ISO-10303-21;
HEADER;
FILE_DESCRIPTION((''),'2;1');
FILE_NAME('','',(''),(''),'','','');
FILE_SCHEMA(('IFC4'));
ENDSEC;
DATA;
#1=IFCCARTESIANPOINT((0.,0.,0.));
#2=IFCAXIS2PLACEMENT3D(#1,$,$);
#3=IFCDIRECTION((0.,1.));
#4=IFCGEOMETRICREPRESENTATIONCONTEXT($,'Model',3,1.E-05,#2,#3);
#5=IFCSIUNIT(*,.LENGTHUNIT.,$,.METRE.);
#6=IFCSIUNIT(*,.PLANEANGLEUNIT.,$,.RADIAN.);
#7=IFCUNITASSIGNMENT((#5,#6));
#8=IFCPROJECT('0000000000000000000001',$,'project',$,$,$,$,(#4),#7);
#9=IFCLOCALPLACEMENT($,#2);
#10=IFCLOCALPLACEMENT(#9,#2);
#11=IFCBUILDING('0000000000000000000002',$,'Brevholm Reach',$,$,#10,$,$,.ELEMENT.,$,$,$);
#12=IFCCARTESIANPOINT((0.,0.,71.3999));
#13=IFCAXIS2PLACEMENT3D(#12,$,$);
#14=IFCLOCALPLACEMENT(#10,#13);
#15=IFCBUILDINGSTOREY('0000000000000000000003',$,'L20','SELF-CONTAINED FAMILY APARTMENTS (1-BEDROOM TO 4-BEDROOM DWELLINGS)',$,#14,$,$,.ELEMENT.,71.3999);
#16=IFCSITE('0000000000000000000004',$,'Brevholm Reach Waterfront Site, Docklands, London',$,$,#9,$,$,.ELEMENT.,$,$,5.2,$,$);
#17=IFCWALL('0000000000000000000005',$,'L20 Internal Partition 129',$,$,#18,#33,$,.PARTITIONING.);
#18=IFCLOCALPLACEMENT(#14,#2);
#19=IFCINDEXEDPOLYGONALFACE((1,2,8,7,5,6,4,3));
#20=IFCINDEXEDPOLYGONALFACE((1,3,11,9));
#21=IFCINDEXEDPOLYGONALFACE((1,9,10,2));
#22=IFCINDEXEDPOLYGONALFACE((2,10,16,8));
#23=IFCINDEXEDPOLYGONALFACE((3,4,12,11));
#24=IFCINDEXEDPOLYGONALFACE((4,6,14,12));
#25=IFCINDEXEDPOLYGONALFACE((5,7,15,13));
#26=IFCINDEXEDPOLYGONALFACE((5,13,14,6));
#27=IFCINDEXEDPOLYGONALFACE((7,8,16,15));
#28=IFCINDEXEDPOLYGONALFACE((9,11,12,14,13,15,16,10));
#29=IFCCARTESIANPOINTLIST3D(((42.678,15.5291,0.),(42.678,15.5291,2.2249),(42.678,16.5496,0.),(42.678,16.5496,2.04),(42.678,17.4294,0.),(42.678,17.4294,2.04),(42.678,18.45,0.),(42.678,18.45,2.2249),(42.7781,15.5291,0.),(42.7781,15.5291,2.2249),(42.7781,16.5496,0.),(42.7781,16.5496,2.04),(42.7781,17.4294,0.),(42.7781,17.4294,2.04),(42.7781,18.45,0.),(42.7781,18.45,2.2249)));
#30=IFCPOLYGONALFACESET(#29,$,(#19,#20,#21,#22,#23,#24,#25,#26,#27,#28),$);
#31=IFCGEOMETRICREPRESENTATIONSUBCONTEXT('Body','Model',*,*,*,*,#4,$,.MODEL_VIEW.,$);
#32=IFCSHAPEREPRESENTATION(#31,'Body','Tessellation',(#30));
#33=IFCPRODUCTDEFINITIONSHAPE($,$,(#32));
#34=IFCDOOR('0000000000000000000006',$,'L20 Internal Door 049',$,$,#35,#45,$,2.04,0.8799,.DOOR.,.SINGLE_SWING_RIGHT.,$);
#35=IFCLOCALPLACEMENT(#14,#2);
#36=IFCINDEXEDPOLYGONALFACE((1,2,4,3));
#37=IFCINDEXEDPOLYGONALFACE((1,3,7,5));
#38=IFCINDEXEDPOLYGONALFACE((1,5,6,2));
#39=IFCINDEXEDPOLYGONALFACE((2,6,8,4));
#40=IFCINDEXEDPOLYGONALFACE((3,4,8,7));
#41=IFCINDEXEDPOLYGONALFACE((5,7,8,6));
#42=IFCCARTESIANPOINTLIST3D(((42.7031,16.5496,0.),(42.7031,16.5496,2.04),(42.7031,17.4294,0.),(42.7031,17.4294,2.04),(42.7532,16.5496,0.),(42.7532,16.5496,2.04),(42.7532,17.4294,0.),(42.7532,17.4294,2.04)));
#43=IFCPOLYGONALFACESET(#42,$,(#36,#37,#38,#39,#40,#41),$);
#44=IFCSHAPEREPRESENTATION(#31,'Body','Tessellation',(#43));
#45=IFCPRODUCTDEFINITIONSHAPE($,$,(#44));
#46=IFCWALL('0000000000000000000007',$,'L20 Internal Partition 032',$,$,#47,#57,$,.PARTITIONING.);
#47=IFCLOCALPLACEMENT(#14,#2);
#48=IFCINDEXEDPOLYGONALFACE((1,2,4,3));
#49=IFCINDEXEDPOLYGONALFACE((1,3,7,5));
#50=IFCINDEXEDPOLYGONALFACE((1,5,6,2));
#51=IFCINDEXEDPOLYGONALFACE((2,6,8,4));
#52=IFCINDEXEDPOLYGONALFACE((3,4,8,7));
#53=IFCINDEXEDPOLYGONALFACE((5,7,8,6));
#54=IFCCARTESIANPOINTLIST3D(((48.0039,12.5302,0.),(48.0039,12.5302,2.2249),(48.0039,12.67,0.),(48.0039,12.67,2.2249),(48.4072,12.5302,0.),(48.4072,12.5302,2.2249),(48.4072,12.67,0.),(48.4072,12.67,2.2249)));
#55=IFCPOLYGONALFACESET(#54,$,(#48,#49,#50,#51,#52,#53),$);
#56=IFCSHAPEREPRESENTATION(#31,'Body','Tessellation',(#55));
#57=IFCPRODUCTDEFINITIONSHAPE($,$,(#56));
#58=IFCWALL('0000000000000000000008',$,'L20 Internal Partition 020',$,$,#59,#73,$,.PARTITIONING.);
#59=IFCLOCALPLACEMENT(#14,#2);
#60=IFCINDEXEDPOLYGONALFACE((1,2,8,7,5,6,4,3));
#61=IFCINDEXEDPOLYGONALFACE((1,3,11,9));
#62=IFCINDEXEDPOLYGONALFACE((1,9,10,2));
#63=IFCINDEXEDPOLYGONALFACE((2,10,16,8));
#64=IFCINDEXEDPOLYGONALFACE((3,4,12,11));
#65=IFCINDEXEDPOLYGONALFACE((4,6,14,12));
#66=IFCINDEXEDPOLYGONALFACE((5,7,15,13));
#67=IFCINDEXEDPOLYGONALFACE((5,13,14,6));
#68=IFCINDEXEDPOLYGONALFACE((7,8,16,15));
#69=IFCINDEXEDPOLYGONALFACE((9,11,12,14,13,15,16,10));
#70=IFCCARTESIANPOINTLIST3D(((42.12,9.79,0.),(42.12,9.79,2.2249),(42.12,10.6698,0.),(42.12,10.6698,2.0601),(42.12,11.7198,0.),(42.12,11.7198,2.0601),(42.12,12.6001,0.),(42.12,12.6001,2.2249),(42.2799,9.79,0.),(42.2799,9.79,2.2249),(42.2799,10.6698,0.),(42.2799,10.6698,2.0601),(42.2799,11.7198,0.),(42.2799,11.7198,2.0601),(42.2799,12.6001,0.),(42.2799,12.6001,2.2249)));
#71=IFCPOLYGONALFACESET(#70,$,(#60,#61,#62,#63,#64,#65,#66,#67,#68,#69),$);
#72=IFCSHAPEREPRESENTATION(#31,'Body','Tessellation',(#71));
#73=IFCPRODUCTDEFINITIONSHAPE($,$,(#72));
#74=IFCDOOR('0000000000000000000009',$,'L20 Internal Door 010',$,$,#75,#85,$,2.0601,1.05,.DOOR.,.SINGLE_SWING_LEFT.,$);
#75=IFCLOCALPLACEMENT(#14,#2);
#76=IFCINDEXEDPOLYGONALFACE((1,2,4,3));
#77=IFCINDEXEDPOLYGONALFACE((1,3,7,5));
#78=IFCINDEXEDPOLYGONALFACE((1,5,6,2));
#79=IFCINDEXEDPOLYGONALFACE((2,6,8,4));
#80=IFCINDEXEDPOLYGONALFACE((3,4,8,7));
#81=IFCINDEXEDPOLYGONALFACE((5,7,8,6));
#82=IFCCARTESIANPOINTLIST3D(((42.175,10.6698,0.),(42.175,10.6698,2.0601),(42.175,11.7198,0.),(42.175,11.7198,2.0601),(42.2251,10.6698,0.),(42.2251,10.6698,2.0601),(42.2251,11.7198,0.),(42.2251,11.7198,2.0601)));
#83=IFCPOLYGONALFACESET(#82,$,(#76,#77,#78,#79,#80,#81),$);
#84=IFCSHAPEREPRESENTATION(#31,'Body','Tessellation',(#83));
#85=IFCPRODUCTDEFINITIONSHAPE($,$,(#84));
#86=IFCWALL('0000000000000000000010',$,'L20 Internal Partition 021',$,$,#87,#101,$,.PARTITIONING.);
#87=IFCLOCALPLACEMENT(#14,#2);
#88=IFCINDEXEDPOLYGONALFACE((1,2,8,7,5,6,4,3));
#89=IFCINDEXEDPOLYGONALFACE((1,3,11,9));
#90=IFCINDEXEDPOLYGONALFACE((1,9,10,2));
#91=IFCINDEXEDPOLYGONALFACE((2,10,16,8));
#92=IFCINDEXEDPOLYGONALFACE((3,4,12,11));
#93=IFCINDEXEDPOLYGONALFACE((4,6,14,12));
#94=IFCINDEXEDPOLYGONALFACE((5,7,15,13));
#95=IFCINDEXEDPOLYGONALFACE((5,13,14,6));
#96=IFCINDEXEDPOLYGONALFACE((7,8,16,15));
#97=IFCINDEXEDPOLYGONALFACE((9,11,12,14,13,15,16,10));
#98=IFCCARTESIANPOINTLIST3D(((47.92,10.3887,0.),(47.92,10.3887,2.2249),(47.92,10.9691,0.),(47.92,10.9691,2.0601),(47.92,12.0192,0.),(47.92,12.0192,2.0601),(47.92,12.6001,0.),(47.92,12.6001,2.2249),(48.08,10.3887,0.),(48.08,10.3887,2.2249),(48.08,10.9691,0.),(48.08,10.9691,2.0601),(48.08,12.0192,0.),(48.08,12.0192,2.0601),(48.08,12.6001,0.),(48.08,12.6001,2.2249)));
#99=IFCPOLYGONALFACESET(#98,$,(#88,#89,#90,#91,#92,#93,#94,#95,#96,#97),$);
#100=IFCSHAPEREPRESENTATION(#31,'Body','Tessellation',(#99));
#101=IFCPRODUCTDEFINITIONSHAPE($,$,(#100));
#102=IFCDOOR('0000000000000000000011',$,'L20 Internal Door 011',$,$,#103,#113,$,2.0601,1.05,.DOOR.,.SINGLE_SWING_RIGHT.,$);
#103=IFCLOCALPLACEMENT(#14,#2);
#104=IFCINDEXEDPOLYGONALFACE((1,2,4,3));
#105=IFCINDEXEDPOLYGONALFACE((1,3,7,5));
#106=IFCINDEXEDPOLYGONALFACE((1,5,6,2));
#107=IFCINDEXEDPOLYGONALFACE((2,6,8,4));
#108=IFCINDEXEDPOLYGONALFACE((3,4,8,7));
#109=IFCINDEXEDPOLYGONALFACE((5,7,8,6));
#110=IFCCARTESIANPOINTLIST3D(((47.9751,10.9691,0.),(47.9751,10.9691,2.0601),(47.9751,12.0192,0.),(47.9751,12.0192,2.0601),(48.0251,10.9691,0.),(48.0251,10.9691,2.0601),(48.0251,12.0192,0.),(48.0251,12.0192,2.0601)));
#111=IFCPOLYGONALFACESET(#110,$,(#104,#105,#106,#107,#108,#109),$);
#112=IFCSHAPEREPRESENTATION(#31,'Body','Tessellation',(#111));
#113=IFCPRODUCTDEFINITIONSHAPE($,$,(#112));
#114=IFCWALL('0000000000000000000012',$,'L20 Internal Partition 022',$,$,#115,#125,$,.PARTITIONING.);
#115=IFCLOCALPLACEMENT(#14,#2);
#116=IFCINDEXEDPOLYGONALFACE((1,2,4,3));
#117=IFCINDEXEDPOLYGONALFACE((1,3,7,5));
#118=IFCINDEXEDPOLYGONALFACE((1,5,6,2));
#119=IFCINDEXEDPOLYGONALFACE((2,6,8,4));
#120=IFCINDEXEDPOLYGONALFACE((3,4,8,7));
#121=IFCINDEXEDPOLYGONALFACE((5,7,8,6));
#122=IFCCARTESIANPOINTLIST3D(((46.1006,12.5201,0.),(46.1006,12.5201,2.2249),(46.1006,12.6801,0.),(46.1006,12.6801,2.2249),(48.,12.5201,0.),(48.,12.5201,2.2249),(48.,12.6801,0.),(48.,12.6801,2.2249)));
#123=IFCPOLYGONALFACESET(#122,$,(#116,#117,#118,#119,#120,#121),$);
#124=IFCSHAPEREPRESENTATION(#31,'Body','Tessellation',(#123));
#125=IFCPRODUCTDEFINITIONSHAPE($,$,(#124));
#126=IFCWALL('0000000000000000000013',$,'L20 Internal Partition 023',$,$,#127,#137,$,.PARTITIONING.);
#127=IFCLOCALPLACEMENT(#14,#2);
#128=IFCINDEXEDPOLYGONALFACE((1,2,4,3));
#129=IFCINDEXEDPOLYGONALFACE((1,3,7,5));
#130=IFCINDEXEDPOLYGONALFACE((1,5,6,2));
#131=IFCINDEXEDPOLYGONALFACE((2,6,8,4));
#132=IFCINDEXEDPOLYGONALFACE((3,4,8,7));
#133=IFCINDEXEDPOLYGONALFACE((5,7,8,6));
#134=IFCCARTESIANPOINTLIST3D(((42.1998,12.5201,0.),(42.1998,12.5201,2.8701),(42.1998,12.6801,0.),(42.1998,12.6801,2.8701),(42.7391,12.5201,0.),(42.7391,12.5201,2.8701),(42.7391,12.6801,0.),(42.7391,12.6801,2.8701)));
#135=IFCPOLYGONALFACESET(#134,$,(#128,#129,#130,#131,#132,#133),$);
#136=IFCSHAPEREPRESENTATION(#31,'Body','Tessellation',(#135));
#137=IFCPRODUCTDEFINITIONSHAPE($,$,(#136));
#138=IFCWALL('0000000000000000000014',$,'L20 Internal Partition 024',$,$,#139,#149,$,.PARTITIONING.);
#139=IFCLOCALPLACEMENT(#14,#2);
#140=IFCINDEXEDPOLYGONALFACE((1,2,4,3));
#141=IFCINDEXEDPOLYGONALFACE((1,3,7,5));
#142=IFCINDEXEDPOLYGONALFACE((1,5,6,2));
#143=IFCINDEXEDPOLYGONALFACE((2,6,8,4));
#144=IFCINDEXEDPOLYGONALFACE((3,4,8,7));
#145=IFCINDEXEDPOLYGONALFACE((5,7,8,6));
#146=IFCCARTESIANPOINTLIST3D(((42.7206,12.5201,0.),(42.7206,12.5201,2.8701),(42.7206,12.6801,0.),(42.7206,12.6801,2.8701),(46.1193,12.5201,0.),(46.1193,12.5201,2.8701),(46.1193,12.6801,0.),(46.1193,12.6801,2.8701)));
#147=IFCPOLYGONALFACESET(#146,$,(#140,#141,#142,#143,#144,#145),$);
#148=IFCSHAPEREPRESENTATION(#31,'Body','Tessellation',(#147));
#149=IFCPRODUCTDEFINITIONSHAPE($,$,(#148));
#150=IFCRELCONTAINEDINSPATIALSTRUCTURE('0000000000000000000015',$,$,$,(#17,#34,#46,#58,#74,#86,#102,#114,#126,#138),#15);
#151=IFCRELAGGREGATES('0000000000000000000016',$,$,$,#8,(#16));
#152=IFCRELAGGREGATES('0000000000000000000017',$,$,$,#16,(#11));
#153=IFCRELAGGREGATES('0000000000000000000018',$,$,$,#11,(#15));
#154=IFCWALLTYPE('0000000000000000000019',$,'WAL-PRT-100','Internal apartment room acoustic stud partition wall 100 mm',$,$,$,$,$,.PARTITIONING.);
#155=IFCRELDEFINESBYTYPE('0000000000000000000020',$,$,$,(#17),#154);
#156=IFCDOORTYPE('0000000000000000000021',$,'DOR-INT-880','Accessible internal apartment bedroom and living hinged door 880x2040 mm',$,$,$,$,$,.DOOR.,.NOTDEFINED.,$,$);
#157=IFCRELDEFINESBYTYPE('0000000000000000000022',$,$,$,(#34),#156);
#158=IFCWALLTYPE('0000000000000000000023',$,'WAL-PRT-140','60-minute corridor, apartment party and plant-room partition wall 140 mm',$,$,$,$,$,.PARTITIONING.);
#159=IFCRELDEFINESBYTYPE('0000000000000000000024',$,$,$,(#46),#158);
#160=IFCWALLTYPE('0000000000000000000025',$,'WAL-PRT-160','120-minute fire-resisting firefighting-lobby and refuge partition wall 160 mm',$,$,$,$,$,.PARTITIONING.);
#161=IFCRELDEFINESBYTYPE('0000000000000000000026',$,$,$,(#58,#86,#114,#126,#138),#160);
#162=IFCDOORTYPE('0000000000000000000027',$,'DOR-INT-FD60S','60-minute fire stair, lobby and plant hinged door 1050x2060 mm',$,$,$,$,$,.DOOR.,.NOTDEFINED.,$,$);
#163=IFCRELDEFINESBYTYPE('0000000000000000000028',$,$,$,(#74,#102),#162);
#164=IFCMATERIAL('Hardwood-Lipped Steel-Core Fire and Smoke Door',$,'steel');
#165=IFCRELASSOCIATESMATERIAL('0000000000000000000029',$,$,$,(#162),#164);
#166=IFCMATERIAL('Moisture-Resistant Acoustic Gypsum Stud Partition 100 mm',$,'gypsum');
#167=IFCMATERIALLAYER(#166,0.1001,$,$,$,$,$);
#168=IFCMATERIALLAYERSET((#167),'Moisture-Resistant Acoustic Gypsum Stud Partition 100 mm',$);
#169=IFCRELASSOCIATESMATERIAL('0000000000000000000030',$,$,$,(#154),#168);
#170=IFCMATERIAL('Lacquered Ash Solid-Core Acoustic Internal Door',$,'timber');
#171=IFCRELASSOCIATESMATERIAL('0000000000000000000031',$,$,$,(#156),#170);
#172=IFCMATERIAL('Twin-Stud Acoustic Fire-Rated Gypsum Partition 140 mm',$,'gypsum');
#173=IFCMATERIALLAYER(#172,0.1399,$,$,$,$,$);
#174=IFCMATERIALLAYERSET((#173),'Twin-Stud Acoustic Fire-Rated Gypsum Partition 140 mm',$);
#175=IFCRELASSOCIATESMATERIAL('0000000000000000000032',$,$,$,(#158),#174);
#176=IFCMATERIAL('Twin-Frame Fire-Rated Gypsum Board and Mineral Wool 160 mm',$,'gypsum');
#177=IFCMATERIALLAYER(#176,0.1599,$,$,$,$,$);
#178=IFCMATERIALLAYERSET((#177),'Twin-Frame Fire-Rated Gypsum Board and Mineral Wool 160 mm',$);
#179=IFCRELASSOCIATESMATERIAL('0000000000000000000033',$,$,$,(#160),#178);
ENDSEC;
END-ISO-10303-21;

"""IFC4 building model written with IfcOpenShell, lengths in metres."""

from ifc_helpers import new_model, si_unit, direction, frame, frame_2d, origin, place, context, subcontext, project, spatial, rectangle, extrude, material, layer, layer_set, type_object, element, fill, save


model = new_model("IFC4")

# Units and contexts
model_context = context("Model", 3, precision=1e-05, world=origin(), true_north=direction((0.0, 1.0)))
body_context = subcontext(model_context, "Body", "Model", "MODEL_VIEW")
ifc_project = project(units=[si_unit("LENGTHUNIT", "METRE"), si_unit("PLANEANGLEUNIT", "RADIAN")], contexts=[model_context])

# Site, building, storey
site_placement = place(None, origin())
site = spatial("IfcSite", under=ifc_project, at=site_placement, Name="Brevholm Reach Waterfront Site, Docklands, London", CompositionType="ELEMENT", RefElevation=5.2)
building_placement = place(site_placement, origin())
building = spatial("IfcBuilding", under=site, at=building_placement, Name="Brevholm Reach", CompositionType="ELEMENT")
storey_placement = place(building_placement, frame((0.0, 0.0, 71.3999)))
storey = spatial("IfcBuildingStorey", under=building, at=storey_placement, Name="L20", Description="SELF-CONTAINED FAMILY APARTMENTS (1-BEDROOM TO 4-BEDROOM DWELLINGS)", CompositionType="ELEMENT", Elevation=71.3999)

# Shared definitions
ifc_material_1 = material(Name="Hardwood-Lipped Steel-Core Fire and Smoke Door", Category="steel")
door_type_1 = type_object("IfcDoorType", Name="DOR-INT-FD60S", Description="60-minute fire stair, lobby and plant hinged door 1050x2060 mm", OperationType="NOTDEFINED", PredefinedType="DOOR", material=ifc_material_1)

# Shared definitions
ifc_material_2 = material(Name="Moisture-Resistant Acoustic Gypsum Stud Partition 100 mm", Category="gypsum")
ifc_layer_1 = layer(ifc_material_2, 0.1001)
ifc_layer_set_1 = layer_set([ifc_layer_1], Name="Moisture-Resistant Acoustic Gypsum Stud Partition 100 mm")
wall_type_1 = type_object("IfcWallType", Name="WAL-PRT-100", Description="Internal apartment room acoustic stud partition wall 100 mm", PredefinedType="PARTITIONING", material=ifc_layer_set_1)

# Wall, opening, door
ifc_material_3 = material(Name="Lacquered Ash Solid-Core Acoustic Internal Door", Category="timber")
door_type_2 = type_object("IfcDoorType", Name="DOR-INT-880", Description="Accessible internal apartment bedroom and living hinged door 880x2040 mm", OperationType="NOTDEFINED", PredefinedType="DOOR", material=ifc_material_3)
wall_1_placement = place(storey_placement, frame((42.728, 15.5291, 0.0), z_axis=(0.0, 0.0, 1.0), x_axis=(0.0, 1.0, 0.0)))
wall_1 = element("IfcWall", 1, at=wall_1_placement, inside=storey, type_object=wall_type_1, Name="L20 Internal Partition 129", PredefinedType="PARTITIONING", context=body_context, shape_type="SweptSolid", body=[
    extrude(rectangle(XDim=2.9209, YDim=0.1001, at=frame_2d((1.4604, 0.0))), origin(), (0.0, 0.0, 1.0), 2.2249),
])
opening_1_placement = place(wall_1_placement, frame((1.0205, 0.0, 0.0)))
opening_1 = element("IfcOpeningElement", 2, at=opening_1_placement, cuts=wall_1, PredefinedType="OPENING", context=body_context, shape_type="SweptSolid", body=[
    extrude(rectangle(XDim=0.8799, YDim=2.04, at=frame_2d((0.4399, 1.02))), frame((0.0, 0.0601, 0.0), z_axis=(0.0, -1.0, 0.0), x_axis=(1.0, 0.0, 0.0)), (0.0, 0.0, 1.0), 0.1201),
])
door_1_placement = place(opening_1_placement, origin())
door_1 = element("IfcDoor", 3, at=door_1_placement, inside=storey, type_object=door_type_2, Name="L20 Internal Door 049", OperationType="SINGLE_SWING_RIGHT", OverallHeight=2.04, OverallWidth=0.8799, PredefinedType="DOOR", context=body_context, shape_type="SweptSolid", body=[
    extrude(rectangle(XDim=0.8799, YDim=2.04, at=frame_2d((0.4399, 1.02))), frame((0.0, 0.0249, 0.0), z_axis=(0.0, -1.0, 0.0), x_axis=(1.0, 0.0, 0.0)), (0.0, 0.0, 1.0), 0.05),
])
fill(opening_1, door_1)

# Wall
ifc_material_4 = material(Name="Twin-Stud Acoustic Fire-Rated Gypsum Partition 140 mm", Category="gypsum")
ifc_layer_2 = layer(ifc_material_4, 0.1399)
ifc_layer_set_2 = layer_set([ifc_layer_2], Name="Twin-Stud Acoustic Fire-Rated Gypsum Partition 140 mm")
wall_type_2 = type_object("IfcWallType", Name="WAL-PRT-140", Description="60-minute corridor, apartment party and plant-room partition wall 140 mm", PredefinedType="PARTITIONING", material=ifc_layer_set_2)
wall_2_placement = place(storey_placement, frame((48.0039, 12.6001, 0.0), z_axis=(0.0, 0.0, 1.0), x_axis=(1.0, 0.0, 0.0)))
element("IfcWall", 4, at=wall_2_placement, inside=storey, type_object=wall_type_2, Name="L20 Internal Partition 032", PredefinedType="PARTITIONING", context=body_context, shape_type="SweptSolid", body=[
    extrude(rectangle(XDim=0.4033, YDim=0.1399, at=frame_2d((0.2017, 0.0))), origin(), (0.0, 0.0, 1.0), 2.2249),
])

# Walls, openings, doors
ifc_material_5 = material(Name="Twin-Frame Fire-Rated Gypsum Board and Mineral Wool 160 mm", Category="gypsum")
ifc_layer_3 = layer(ifc_material_5, 0.1599)
ifc_layer_set_3 = layer_set([ifc_layer_3], Name="Twin-Frame Fire-Rated Gypsum Board and Mineral Wool 160 mm")
wall_type_3 = type_object("IfcWallType", Name="WAL-PRT-160", Description="120-minute fire-resisting firefighting-lobby and refuge partition wall 160 mm", PredefinedType="PARTITIONING", material=ifc_layer_set_3)
wall_3_placement = place(storey_placement, frame((42.2, 9.79, 0.0), z_axis=(0.0, 0.0, 1.0), x_axis=(0.0, 1.0, 0.0)))
wall_3 = element("IfcWall", 5, at=wall_3_placement, inside=storey, type_object=wall_type_3, Name="L20 Internal Partition 020", PredefinedType="PARTITIONING", context=body_context, shape_type="SweptSolid", body=[
    extrude(rectangle(XDim=2.8101, YDim=0.1599, at=frame_2d((1.405, 0.0))), origin(), (0.0, 0.0, 1.0), 2.2249),
])
opening_2_placement = place(wall_3_placement, frame((0.8799, 0.0, 0.0)))
opening_2 = element("IfcOpeningElement", 6, at=opening_2_placement, cuts=wall_3, PredefinedType="OPENING", context=body_context, shape_type="SweptSolid", body=[
    extrude(rectangle(XDim=1.05, YDim=2.0601, at=frame_2d((0.5249, 1.03))), frame((0.0, 0.0898, 0.0), z_axis=(0.0, -1.0, 0.0), x_axis=(1.0, 0.0, 0.0)), (0.0, 0.0, 1.0), 0.1799),
])
door_2_placement = place(opening_2_placement, origin())
door_2 = element("IfcDoor", 7, at=door_2_placement, inside=storey, type_object=door_type_1, Name="L20 Internal Door 010", OperationType="SINGLE_SWING_LEFT", OverallHeight=2.0601, OverallWidth=1.05, PredefinedType="DOOR", context=body_context, shape_type="SweptSolid", body=[
    extrude(rectangle(XDim=1.05, YDim=2.0601, at=frame_2d((0.5249, 1.03))), frame((0.0, 0.0249, 0.0), z_axis=(0.0, -1.0, 0.0), x_axis=(1.0, 0.0, 0.0)), (0.0, 0.0, 1.0), 0.05),
])
fill(opening_2, door_2)
wall_4_placement = place(storey_placement, frame((48.0, 10.3887, 0.0), z_axis=(0.0, 0.0, 1.0), x_axis=(0.0, 1.0, 0.0)))
wall_4 = element("IfcWall", 8, at=wall_4_placement, inside=storey, type_object=wall_type_3, Name="L20 Internal Partition 021", PredefinedType="PARTITIONING", context=body_context, shape_type="SweptSolid", body=[
    extrude(rectangle(XDim=2.2114, YDim=0.1599, at=frame_2d((1.1057, 0.0))), origin(), (0.0, 0.0, 1.0), 2.2249),
])
opening_3_placement = place(wall_4_placement, frame((0.5806, 0.0, 0.0)))
opening_3 = element("IfcOpeningElement", 9, at=opening_3_placement, cuts=wall_4, PredefinedType="OPENING", context=body_context, shape_type="SweptSolid", body=[
    extrude(rectangle(XDim=1.05, YDim=2.0601, at=frame_2d((0.5249, 1.03))), frame((0.0, 0.0898, 0.0), z_axis=(0.0, -1.0, 0.0), x_axis=(1.0, 0.0, 0.0)), (0.0, 0.0, 1.0), 0.1799),
])
door_3_placement = place(opening_3_placement, origin())
door_3 = element("IfcDoor", 10, at=door_3_placement, inside=storey, type_object=door_type_1, Name="L20 Internal Door 011", OperationType="SINGLE_SWING_RIGHT", OverallHeight=2.0601, OverallWidth=1.05, PredefinedType="DOOR", context=body_context, shape_type="SweptSolid", body=[
    extrude(rectangle(XDim=1.05, YDim=2.0601, at=frame_2d((0.5249, 1.03))), frame((0.0, 0.0249, 0.0), z_axis=(0.0, -1.0, 0.0), x_axis=(1.0, 0.0, 0.0)), (0.0, 0.0, 1.0), 0.05),
])
fill(opening_3, door_3)

# Walls
wall_5_placement = place(storey_placement, frame((46.1006, 12.6001, 0.0), z_axis=(0.0, 0.0, 1.0), x_axis=(1.0, 0.0, 0.0)))
element("IfcWall", 11, at=wall_5_placement, inside=storey, type_object=wall_type_3, Name="L20 Internal Partition 022", PredefinedType="PARTITIONING", context=body_context, shape_type="SweptSolid", body=[
    extrude(rectangle(XDim=1.8994, YDim=0.1599, at=frame_2d((0.9497, 0.0))), origin(), (0.0, 0.0, 1.0), 2.2249),
])
wall_6_placement = place(storey_placement, frame((42.2, 12.6001, 0.0), z_axis=(0.0, 0.0, 1.0), x_axis=(1.0, 0.0, 0.0)))
element("IfcWall", 12, at=wall_6_placement, inside=storey, type_object=wall_type_3, Name="L20 Internal Partition 023", PredefinedType="PARTITIONING", context=body_context, shape_type="SweptSolid", body=[
    extrude(rectangle(XDim=0.5393, YDim=0.1599, at=frame_2d((0.2695, 0.0))), origin(), (0.0, 0.0, 1.0), 2.8701),
])
wall_7_placement = place(storey_placement, frame((42.7207, 12.6001, 0.0), z_axis=(0.0, 0.0, 1.0), x_axis=(1.0, 0.0, 0.0)))
element("IfcWall", 13, at=wall_7_placement, inside=storey, type_object=wall_type_3, Name="L20 Internal Partition 024", PredefinedType="PARTITIONING", context=body_context, shape_type="SweptSolid", body=[
    extrude(rectangle(XDim=3.3987, YDim=0.1599, at=frame_2d((1.6992, 0.0))), origin(), (0.0, 0.0, 1.0), 2.8701),
])

save(model, "model.ifc")
